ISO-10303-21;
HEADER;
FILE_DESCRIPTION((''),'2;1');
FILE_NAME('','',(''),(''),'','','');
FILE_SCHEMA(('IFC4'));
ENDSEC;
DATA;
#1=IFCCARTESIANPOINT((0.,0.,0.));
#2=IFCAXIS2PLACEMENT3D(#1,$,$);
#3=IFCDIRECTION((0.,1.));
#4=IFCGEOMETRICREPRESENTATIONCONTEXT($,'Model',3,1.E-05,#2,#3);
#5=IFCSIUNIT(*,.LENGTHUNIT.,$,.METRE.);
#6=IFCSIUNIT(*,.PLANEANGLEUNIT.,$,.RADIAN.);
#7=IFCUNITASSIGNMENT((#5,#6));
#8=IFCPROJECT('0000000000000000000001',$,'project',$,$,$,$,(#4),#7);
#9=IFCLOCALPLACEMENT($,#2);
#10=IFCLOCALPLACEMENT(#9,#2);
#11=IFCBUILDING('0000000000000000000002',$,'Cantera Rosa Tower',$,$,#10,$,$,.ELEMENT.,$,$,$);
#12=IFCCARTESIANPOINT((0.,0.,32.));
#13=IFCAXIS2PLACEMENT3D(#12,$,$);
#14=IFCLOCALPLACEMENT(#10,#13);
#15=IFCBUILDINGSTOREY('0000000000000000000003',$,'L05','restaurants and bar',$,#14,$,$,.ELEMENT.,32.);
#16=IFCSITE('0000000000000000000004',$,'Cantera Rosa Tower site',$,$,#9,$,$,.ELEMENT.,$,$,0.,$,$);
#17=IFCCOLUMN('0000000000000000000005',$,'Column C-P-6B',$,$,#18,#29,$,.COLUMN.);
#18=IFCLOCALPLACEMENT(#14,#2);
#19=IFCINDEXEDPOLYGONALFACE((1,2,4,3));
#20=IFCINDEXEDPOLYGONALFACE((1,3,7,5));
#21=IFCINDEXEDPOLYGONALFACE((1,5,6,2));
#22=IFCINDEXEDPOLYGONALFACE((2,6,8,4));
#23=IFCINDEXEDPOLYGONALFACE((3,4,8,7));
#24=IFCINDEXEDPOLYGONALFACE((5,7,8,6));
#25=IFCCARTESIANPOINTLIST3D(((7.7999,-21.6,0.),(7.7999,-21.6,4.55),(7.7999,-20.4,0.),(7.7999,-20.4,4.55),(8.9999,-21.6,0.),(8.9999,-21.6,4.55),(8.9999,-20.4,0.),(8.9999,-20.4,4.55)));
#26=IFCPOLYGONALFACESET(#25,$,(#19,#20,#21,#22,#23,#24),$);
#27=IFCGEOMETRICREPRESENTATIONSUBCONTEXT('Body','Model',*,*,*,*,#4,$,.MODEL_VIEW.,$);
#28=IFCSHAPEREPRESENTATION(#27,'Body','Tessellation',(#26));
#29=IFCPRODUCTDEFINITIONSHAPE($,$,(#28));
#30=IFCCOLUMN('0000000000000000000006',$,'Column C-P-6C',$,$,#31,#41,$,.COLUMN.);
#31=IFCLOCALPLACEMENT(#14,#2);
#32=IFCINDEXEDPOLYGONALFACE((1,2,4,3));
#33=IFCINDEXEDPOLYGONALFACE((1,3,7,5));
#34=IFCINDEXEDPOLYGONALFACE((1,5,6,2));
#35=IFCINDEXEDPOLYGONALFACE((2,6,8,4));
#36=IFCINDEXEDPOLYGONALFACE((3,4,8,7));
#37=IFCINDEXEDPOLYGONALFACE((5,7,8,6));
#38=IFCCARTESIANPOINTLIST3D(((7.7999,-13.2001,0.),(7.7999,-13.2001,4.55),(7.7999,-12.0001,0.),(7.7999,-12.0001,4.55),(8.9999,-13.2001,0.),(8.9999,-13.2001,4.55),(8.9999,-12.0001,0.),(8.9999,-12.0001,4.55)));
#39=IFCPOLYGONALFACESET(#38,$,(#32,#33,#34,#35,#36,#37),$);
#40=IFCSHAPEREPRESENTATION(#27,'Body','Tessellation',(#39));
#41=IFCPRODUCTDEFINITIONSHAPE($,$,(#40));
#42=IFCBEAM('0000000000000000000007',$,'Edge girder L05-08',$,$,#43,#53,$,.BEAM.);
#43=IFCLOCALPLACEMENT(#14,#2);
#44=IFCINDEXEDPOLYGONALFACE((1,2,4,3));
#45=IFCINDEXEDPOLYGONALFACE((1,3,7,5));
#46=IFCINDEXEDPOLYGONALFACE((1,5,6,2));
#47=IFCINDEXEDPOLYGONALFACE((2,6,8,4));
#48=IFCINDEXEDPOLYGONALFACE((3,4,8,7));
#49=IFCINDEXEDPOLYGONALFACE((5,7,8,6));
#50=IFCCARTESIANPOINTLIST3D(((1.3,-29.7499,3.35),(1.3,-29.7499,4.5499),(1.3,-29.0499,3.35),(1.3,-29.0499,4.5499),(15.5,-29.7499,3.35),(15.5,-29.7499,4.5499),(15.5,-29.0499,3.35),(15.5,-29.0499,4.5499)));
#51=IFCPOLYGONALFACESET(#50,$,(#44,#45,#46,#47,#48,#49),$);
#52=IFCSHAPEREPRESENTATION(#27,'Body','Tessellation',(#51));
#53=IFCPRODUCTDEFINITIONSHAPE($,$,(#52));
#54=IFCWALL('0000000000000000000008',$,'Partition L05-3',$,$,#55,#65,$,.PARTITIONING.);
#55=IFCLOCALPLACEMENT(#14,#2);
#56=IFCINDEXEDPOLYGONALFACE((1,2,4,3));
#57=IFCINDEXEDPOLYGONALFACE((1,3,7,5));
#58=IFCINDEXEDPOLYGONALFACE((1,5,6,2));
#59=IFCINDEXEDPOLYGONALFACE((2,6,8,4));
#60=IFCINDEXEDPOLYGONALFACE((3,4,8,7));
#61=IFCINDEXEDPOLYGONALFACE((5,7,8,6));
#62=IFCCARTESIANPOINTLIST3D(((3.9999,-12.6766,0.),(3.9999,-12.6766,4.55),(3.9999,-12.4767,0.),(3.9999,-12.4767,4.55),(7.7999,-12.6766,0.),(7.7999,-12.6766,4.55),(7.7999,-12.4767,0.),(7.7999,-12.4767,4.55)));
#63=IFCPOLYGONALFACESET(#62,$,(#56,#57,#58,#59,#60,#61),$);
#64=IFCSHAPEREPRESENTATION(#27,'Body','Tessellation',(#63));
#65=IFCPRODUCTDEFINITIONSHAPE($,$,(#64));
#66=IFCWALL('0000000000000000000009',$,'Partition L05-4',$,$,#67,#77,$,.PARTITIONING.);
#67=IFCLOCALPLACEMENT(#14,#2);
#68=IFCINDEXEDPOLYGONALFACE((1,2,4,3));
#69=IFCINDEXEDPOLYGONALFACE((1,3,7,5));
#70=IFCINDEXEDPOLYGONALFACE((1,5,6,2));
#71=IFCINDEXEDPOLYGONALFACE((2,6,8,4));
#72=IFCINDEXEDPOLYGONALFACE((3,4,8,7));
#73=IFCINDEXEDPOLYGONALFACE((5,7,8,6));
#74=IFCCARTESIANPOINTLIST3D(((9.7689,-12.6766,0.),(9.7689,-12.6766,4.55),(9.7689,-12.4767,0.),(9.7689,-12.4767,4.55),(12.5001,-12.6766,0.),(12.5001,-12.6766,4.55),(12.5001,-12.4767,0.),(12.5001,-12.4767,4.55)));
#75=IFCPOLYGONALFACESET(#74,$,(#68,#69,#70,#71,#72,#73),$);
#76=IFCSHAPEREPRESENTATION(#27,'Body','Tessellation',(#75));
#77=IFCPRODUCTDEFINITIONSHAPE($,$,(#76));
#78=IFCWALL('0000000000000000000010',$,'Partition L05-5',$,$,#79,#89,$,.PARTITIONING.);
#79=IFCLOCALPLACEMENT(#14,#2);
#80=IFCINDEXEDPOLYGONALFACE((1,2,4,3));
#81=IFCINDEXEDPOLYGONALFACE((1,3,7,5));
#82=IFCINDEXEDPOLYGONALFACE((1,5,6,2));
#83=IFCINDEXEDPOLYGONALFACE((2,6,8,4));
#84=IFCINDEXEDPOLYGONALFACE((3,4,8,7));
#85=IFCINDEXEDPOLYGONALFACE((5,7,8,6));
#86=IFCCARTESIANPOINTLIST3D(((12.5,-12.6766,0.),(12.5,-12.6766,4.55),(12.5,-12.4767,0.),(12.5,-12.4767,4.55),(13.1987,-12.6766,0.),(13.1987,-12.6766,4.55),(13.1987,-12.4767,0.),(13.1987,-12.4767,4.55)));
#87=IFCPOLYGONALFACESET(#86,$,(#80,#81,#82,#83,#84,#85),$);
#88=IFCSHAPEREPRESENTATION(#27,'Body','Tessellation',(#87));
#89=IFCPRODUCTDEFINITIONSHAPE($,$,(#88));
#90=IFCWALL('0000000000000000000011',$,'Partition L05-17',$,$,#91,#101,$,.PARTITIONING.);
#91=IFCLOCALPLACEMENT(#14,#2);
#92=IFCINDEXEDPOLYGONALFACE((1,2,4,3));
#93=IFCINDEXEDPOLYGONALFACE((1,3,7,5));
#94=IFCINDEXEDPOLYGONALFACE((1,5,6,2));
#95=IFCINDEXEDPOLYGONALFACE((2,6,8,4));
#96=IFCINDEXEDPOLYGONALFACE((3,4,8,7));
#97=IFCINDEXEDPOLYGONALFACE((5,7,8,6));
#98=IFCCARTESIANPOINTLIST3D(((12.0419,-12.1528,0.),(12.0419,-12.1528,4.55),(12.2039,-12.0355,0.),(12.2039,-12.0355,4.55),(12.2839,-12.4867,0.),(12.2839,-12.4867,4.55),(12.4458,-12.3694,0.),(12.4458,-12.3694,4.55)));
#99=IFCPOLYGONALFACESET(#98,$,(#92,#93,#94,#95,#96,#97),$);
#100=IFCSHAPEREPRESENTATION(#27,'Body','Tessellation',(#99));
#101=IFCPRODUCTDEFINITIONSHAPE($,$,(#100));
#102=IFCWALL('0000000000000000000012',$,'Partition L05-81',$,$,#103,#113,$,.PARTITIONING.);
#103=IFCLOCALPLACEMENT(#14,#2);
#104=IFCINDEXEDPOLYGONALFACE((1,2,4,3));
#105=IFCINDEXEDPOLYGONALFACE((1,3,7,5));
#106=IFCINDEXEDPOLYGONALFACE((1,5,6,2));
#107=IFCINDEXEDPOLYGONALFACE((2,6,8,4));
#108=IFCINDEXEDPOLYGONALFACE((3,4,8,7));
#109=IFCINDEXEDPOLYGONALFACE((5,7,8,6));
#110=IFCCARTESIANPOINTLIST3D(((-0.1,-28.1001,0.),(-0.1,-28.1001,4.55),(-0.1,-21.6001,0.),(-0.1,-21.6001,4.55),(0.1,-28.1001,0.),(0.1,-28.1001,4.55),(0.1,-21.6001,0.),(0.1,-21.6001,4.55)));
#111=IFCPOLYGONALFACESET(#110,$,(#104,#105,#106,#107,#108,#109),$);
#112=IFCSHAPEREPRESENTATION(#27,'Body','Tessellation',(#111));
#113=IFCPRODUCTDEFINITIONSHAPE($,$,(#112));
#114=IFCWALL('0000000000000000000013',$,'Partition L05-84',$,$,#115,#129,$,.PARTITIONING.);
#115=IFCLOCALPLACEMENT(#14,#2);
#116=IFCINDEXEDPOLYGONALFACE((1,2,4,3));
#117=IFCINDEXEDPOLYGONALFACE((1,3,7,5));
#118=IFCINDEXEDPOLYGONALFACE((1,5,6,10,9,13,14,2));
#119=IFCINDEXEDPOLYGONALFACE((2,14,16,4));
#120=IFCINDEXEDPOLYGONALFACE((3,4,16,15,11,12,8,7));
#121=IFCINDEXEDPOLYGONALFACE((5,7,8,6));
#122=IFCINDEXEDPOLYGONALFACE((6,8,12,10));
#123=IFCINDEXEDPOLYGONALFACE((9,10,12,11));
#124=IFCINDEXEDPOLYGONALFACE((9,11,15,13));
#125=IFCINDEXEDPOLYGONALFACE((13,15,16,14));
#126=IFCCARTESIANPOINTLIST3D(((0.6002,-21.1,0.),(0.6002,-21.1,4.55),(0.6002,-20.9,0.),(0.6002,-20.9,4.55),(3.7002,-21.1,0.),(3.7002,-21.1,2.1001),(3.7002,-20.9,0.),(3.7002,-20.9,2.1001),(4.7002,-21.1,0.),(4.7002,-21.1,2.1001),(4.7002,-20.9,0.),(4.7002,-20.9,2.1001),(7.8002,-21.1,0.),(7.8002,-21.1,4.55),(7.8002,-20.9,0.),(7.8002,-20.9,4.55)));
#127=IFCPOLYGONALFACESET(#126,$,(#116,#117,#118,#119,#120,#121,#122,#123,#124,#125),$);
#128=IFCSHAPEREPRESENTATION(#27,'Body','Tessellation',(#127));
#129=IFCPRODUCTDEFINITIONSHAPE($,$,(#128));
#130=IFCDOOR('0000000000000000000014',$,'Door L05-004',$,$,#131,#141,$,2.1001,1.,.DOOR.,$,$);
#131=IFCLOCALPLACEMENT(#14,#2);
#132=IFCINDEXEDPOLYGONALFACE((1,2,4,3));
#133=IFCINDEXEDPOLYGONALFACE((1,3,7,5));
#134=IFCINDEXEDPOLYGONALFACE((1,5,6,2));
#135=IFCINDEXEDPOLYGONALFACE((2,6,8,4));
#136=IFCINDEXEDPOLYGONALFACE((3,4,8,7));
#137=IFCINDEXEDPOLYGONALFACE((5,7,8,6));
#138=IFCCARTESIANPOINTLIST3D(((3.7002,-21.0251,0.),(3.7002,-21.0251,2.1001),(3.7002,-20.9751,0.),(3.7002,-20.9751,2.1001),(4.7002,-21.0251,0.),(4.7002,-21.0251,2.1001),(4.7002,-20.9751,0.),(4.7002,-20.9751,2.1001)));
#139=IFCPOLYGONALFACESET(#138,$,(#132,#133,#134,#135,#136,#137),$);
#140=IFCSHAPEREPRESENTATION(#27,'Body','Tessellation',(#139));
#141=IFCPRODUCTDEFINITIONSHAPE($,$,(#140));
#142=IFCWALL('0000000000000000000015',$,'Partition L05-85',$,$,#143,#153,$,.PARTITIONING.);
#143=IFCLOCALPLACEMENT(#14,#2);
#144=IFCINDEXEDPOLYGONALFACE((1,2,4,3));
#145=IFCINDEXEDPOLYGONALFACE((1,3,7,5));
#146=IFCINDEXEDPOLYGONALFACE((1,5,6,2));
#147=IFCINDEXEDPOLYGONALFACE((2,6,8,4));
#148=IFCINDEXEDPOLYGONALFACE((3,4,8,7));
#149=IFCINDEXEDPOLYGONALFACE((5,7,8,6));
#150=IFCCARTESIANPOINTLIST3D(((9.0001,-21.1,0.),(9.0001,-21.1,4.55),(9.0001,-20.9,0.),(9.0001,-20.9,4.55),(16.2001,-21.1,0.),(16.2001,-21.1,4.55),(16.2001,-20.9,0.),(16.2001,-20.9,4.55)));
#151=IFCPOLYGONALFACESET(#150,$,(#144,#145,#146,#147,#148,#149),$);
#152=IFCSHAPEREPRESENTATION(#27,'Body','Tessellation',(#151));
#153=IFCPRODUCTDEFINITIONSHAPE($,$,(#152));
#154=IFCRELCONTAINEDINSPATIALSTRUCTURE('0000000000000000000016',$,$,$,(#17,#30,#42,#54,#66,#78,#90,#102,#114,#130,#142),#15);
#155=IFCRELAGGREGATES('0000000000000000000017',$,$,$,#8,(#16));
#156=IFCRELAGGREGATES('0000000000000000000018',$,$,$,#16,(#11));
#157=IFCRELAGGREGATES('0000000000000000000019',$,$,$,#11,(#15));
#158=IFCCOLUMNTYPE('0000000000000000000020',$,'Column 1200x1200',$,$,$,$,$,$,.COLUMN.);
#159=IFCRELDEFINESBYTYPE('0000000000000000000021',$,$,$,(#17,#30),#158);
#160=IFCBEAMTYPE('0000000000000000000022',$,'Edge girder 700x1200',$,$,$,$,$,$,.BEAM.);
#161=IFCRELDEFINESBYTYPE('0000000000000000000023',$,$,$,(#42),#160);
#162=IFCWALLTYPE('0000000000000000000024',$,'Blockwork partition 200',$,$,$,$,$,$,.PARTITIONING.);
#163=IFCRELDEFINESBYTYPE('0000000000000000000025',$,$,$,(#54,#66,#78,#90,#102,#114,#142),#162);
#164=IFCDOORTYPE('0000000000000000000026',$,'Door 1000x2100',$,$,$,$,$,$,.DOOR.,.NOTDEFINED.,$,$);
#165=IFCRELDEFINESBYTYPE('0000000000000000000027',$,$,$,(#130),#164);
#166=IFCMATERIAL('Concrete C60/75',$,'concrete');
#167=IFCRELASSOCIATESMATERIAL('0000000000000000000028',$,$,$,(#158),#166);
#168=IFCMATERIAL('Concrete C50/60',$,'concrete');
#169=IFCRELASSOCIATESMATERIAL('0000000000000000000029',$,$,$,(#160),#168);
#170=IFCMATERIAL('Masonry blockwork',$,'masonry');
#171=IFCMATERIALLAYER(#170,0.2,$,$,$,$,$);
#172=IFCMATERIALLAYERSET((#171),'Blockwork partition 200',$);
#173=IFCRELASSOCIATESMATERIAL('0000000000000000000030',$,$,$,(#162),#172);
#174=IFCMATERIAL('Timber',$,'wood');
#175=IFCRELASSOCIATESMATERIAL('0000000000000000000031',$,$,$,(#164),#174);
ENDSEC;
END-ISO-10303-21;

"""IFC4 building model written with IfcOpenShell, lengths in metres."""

from ifc_helpers import new_model, si_unit, direction, frame, frame_2d, origin, origin_2d, place, context, subcontext, project, spatial, rectangle, extrude, material, layer, layer_set, material_profile, profile_set, type_object, element, fill, save


model = new_model("IFC4")

# Units and contexts
model_context = context("Model", 3, precision=1e-05, world=origin(), true_north=direction((0.0, 1.0)))
body_context = subcontext(model_context, "Body", "Model", "MODEL_VIEW")
ifc_project = project(units=[si_unit("LENGTHUNIT", "METRE"), si_unit("PLANEANGLEUNIT", "RADIAN")], contexts=[model_context])

# Site, building, storey
site_placement = place(None, origin())
site = spatial("IfcSite", under=ifc_project, at=site_placement, Name="Cantera Rosa Tower site", CompositionType="ELEMENT", RefElevation=0.0)
building_placement = place(site_placement, origin())
building = spatial("IfcBuilding", under=site, at=building_placement, Name="Cantera Rosa Tower", CompositionType="ELEMENT")
storey_placement = place(building_placement, frame((0.0, 0.0, 32.0)))
storey = spatial("IfcBuildingStorey", under=building, at=storey_placement, Name="L05", Description="restaurants and bar", CompositionType="ELEMENT", Elevation=32.0)

# Columns
ifc_material_1 = material(Name="Concrete C60/75", Category="concrete")
ifc_material_profile_1 = material_profile(ifc_material_1, rectangle(XDim=1.2, YDim=1.2, at=origin_2d()), Name="Column 1200x1200")
ifc_profile_set_1 = profile_set([ifc_material_profile_1], Name="Concrete C60/75")
column_type = type_object("IfcColumnType", Name="Column 1200x1200", PredefinedType="COLUMN", material=ifc_profile_set_1)
for number, where, z_axis, x_axis, name in (
    (1, (8.3999, -21.0, 0.0), (0.0, 0.0, 1.0), (1.0, 0.0, 0.0), "Column C-P-6B"),
    (2, (8.3999, -12.6001, 0.0), (0.0, 0.0, 1.0), (1.0, 0.0, 0.0), "Column C-P-6C"),
):
    element("IfcColumn", number, at=place(storey_placement, frame(where, z_axis=z_axis, x_axis=x_axis)), inside=storey, type_object=column_type, Name=name, PredefinedType="COLUMN", context=body_context, shape_type="SweptSolid", body=[
        extrude(rectangle(XDim=1.2, YDim=1.2, at=origin_2d()), origin(), (0.0, 0.0, 1.0), 4.55),
    ])

# Beam
ifc_material_2 = material(Name="Concrete C50/60", Category="concrete")
ifc_material_profile_2 = material_profile(ifc_material_2, rectangle(XDim=0.7, YDim=1.2, at=origin_2d()), Name="Edge girder 700x1200")
ifc_profile_set_2 = profile_set([ifc_material_profile_2], Name="Concrete C50/60")
beam_type = type_object("IfcBeamType", Name="Edge girder 700x1200", PredefinedType="BEAM", material=ifc_profile_set_2)
beam_placement = place(storey_placement, frame((1.3, -29.3999, 3.95), z_axis=(1.0, 0.0, 0.0), x_axis=(0.0, 1.0, 0.0)))
element("IfcBeam", 3, at=beam_placement, inside=storey, type_object=beam_type, Name="Edge girder L05-08", PredefinedType="BEAM", context=body_context, shape_type="SweptSolid", body=[
    extrude(rectangle(XDim=0.7, YDim=1.2, at=origin_2d()), origin(), (0.0, 0.0, 1.0), 14.2),
])

# Walls
ifc_material_3 = material(Name="Masonry blockwork", Category="masonry")
ifc_layer_1 = layer(ifc_material_3, 0.2)
ifc_layer_set_1 = layer_set([ifc_layer_1], Name="Blockwork partition 200")
wall_type_1 = type_object("IfcWallType", Name="Blockwork partition 200", PredefinedType="PARTITIONING", material=ifc_layer_set_1)
wall_1_placement = place(storey_placement, frame((4.0, -12.5767, 0.0), z_axis=(0.0, 0.0, 1.0), x_axis=(1.0, 0.0, 0.0)))
element("IfcWall", 4, at=wall_1_placement, inside=storey, type_object=wall_type_1, Name="Partition L05-3", PredefinedType="PARTITIONING", context=body_context, shape_type="SweptSolid", body=[
    extrude(rectangle(XDim=3.8, YDim=0.2, at=frame_2d((1.8999, 0.0))), origin(), (0.0, 0.0, 1.0), 4.55),
])
wall_2_placement = place(storey_placement, frame((9.7688, -12.5767, 0.0), z_axis=(0.0, 0.0, 1.0), x_axis=(1.0, 0.0, 0.0)))
element("IfcWall", 5, at=wall_2_placement, inside=storey, type_object=wall_type_1, Name="Partition L05-4", PredefinedType="PARTITIONING", context=body_context, shape_type="SweptSolid", body=[
    extrude(rectangle(XDim=2.7312, YDim=0.2, at=frame_2d((1.3657, 0.0))), origin(), (0.0, 0.0, 1.0), 4.55),
])
wall_3_placement = place(storey_placement, frame((12.5, -12.5767, 0.0), z_axis=(0.0, 0.0, 1.0), x_axis=(1.0, 0.0, 0.0)))
element("IfcWall", 6, at=wall_3_placement, inside=storey, type_object=wall_type_1, Name="Partition L05-5", PredefinedType="PARTITIONING", context=body_context, shape_type="SweptSolid", body=[
    extrude(rectangle(XDim=0.6987, YDim=0.2, at=frame_2d((0.3494, 0.0))), origin(), (0.0, 0.0, 1.0), 4.55),
])
wall_4_placement = place(storey_placement, frame((12.3647, -12.428, 0.0), z_axis=(0.0, 0.0, 1.0), x_axis=(-0.586657, 0.809835, 0.0)))
element("IfcWall", 7, at=wall_4_placement, inside=storey, type_object=wall_type_1, Name="Partition L05-17", PredefinedType="PARTITIONING", context=body_context, shape_type="SweptSolid", body=[
    extrude(rectangle(XDim=0.4124, YDim=0.2, at=frame_2d((0.2061, 0.0))), origin(), (0.0, 0.0, 1.0), 4.55),
])
wall_5_placement = place(storey_placement, frame((0.0, -28.1001, 0.0), z_axis=(0.0, 0.0, 1.0), x_axis=(0.0, 1.0, 0.0)))
element("IfcWall", 8, at=wall_5_placement, inside=storey, type_object=wall_type_1, Name="Partition L05-81", PredefinedType="PARTITIONING", context=body_context, shape_type="SweptSolid", body=[
    extrude(rectangle(XDim=6.5, YDim=0.2, at=frame_2d((3.25, 0.0))), origin(), (0.0, 0.0, 1.0), 4.55),
])

# Wall, opening, door
wall_6_placement = place(storey_placement, frame((0.6001, -21.0, 0.0), z_axis=(0.0, 0.0, 1.0), x_axis=(1.0, 0.0, 0.0)))
wall_6 = element("IfcWall", 9, at=wall_6_placement, inside=storey, type_object=wall_type_1, Name="Partition L05-84", PredefinedType="PARTITIONING", context=body_context, shape_type="SweptSolid", body=[
    extrude(rectangle(XDim=7.2, YDim=0.2, at=frame_2d((3.6001, 0.0))), origin(), (0.0, 0.0, 1.0), 4.55),
])
opening_1_placement = place(wall_6_placement, frame((3.1001, 0.0, 0.0)))
opening_1 = element("IfcOpeningElement", 10, at=opening_1_placement, cuts=wall_6, PredefinedType="OPENING", context=body_context, shape_type="SweptSolid", body=[
    extrude(rectangle(XDim=1.0, YDim=2.1001, at=frame_2d((0.5, 1.05))), frame((0.0, 0.1099, 0.0), z_axis=(0.0, -1.0, 0.0), x_axis=(1.0, 0.0, 0.0)), (0.0, 0.0, 1.0), 0.22),
])
ifc_material_4 = material(Name="Timber", Category="wood")
door_type_1 = type_object("IfcDoorType", Name="Door 1000x2100", OperationType="NOTDEFINED", PredefinedType="DOOR", material=ifc_material_4)
door_1_placement = place(opening_1_placement, origin())
door_1 = element("IfcDoor", 11, at=door_1_placement, inside=storey, type_object=door_type_1, Name="Door L05-004", OverallHeight=2.1001, OverallWidth=1.0, PredefinedType="DOOR", context=body_context, shape_type="SweptSolid", body=[
    extrude(rectangle(XDim=1.0, YDim=2.1001, at=frame_2d((0.5, 1.05))), frame((0.0, 0.0249, 0.0), z_axis=(0.0, -1.0, 0.0), x_axis=(1.0, 0.0, 0.0)), (0.0, 0.0, 1.0), 0.05),
])
fill(opening_1, door_1)

# Wall
wall_7_placement = place(storey_placement, frame((9.0, -21.0, 0.0), z_axis=(0.0, 0.0, 1.0), x_axis=(1.0, 0.0, 0.0)))
element("IfcWall", 12, at=wall_7_placement, inside=storey, type_object=wall_type_1, Name="Partition L05-85", PredefinedType="PARTITIONING", context=body_context, shape_type="SweptSolid", body=[
    extrude(rectangle(XDim=7.2, YDim=0.2, at=frame_2d((3.6001, 0.0))), origin(), (0.0, 0.0, 1.0), 4.55),
])

save(model, "model.ifc")
